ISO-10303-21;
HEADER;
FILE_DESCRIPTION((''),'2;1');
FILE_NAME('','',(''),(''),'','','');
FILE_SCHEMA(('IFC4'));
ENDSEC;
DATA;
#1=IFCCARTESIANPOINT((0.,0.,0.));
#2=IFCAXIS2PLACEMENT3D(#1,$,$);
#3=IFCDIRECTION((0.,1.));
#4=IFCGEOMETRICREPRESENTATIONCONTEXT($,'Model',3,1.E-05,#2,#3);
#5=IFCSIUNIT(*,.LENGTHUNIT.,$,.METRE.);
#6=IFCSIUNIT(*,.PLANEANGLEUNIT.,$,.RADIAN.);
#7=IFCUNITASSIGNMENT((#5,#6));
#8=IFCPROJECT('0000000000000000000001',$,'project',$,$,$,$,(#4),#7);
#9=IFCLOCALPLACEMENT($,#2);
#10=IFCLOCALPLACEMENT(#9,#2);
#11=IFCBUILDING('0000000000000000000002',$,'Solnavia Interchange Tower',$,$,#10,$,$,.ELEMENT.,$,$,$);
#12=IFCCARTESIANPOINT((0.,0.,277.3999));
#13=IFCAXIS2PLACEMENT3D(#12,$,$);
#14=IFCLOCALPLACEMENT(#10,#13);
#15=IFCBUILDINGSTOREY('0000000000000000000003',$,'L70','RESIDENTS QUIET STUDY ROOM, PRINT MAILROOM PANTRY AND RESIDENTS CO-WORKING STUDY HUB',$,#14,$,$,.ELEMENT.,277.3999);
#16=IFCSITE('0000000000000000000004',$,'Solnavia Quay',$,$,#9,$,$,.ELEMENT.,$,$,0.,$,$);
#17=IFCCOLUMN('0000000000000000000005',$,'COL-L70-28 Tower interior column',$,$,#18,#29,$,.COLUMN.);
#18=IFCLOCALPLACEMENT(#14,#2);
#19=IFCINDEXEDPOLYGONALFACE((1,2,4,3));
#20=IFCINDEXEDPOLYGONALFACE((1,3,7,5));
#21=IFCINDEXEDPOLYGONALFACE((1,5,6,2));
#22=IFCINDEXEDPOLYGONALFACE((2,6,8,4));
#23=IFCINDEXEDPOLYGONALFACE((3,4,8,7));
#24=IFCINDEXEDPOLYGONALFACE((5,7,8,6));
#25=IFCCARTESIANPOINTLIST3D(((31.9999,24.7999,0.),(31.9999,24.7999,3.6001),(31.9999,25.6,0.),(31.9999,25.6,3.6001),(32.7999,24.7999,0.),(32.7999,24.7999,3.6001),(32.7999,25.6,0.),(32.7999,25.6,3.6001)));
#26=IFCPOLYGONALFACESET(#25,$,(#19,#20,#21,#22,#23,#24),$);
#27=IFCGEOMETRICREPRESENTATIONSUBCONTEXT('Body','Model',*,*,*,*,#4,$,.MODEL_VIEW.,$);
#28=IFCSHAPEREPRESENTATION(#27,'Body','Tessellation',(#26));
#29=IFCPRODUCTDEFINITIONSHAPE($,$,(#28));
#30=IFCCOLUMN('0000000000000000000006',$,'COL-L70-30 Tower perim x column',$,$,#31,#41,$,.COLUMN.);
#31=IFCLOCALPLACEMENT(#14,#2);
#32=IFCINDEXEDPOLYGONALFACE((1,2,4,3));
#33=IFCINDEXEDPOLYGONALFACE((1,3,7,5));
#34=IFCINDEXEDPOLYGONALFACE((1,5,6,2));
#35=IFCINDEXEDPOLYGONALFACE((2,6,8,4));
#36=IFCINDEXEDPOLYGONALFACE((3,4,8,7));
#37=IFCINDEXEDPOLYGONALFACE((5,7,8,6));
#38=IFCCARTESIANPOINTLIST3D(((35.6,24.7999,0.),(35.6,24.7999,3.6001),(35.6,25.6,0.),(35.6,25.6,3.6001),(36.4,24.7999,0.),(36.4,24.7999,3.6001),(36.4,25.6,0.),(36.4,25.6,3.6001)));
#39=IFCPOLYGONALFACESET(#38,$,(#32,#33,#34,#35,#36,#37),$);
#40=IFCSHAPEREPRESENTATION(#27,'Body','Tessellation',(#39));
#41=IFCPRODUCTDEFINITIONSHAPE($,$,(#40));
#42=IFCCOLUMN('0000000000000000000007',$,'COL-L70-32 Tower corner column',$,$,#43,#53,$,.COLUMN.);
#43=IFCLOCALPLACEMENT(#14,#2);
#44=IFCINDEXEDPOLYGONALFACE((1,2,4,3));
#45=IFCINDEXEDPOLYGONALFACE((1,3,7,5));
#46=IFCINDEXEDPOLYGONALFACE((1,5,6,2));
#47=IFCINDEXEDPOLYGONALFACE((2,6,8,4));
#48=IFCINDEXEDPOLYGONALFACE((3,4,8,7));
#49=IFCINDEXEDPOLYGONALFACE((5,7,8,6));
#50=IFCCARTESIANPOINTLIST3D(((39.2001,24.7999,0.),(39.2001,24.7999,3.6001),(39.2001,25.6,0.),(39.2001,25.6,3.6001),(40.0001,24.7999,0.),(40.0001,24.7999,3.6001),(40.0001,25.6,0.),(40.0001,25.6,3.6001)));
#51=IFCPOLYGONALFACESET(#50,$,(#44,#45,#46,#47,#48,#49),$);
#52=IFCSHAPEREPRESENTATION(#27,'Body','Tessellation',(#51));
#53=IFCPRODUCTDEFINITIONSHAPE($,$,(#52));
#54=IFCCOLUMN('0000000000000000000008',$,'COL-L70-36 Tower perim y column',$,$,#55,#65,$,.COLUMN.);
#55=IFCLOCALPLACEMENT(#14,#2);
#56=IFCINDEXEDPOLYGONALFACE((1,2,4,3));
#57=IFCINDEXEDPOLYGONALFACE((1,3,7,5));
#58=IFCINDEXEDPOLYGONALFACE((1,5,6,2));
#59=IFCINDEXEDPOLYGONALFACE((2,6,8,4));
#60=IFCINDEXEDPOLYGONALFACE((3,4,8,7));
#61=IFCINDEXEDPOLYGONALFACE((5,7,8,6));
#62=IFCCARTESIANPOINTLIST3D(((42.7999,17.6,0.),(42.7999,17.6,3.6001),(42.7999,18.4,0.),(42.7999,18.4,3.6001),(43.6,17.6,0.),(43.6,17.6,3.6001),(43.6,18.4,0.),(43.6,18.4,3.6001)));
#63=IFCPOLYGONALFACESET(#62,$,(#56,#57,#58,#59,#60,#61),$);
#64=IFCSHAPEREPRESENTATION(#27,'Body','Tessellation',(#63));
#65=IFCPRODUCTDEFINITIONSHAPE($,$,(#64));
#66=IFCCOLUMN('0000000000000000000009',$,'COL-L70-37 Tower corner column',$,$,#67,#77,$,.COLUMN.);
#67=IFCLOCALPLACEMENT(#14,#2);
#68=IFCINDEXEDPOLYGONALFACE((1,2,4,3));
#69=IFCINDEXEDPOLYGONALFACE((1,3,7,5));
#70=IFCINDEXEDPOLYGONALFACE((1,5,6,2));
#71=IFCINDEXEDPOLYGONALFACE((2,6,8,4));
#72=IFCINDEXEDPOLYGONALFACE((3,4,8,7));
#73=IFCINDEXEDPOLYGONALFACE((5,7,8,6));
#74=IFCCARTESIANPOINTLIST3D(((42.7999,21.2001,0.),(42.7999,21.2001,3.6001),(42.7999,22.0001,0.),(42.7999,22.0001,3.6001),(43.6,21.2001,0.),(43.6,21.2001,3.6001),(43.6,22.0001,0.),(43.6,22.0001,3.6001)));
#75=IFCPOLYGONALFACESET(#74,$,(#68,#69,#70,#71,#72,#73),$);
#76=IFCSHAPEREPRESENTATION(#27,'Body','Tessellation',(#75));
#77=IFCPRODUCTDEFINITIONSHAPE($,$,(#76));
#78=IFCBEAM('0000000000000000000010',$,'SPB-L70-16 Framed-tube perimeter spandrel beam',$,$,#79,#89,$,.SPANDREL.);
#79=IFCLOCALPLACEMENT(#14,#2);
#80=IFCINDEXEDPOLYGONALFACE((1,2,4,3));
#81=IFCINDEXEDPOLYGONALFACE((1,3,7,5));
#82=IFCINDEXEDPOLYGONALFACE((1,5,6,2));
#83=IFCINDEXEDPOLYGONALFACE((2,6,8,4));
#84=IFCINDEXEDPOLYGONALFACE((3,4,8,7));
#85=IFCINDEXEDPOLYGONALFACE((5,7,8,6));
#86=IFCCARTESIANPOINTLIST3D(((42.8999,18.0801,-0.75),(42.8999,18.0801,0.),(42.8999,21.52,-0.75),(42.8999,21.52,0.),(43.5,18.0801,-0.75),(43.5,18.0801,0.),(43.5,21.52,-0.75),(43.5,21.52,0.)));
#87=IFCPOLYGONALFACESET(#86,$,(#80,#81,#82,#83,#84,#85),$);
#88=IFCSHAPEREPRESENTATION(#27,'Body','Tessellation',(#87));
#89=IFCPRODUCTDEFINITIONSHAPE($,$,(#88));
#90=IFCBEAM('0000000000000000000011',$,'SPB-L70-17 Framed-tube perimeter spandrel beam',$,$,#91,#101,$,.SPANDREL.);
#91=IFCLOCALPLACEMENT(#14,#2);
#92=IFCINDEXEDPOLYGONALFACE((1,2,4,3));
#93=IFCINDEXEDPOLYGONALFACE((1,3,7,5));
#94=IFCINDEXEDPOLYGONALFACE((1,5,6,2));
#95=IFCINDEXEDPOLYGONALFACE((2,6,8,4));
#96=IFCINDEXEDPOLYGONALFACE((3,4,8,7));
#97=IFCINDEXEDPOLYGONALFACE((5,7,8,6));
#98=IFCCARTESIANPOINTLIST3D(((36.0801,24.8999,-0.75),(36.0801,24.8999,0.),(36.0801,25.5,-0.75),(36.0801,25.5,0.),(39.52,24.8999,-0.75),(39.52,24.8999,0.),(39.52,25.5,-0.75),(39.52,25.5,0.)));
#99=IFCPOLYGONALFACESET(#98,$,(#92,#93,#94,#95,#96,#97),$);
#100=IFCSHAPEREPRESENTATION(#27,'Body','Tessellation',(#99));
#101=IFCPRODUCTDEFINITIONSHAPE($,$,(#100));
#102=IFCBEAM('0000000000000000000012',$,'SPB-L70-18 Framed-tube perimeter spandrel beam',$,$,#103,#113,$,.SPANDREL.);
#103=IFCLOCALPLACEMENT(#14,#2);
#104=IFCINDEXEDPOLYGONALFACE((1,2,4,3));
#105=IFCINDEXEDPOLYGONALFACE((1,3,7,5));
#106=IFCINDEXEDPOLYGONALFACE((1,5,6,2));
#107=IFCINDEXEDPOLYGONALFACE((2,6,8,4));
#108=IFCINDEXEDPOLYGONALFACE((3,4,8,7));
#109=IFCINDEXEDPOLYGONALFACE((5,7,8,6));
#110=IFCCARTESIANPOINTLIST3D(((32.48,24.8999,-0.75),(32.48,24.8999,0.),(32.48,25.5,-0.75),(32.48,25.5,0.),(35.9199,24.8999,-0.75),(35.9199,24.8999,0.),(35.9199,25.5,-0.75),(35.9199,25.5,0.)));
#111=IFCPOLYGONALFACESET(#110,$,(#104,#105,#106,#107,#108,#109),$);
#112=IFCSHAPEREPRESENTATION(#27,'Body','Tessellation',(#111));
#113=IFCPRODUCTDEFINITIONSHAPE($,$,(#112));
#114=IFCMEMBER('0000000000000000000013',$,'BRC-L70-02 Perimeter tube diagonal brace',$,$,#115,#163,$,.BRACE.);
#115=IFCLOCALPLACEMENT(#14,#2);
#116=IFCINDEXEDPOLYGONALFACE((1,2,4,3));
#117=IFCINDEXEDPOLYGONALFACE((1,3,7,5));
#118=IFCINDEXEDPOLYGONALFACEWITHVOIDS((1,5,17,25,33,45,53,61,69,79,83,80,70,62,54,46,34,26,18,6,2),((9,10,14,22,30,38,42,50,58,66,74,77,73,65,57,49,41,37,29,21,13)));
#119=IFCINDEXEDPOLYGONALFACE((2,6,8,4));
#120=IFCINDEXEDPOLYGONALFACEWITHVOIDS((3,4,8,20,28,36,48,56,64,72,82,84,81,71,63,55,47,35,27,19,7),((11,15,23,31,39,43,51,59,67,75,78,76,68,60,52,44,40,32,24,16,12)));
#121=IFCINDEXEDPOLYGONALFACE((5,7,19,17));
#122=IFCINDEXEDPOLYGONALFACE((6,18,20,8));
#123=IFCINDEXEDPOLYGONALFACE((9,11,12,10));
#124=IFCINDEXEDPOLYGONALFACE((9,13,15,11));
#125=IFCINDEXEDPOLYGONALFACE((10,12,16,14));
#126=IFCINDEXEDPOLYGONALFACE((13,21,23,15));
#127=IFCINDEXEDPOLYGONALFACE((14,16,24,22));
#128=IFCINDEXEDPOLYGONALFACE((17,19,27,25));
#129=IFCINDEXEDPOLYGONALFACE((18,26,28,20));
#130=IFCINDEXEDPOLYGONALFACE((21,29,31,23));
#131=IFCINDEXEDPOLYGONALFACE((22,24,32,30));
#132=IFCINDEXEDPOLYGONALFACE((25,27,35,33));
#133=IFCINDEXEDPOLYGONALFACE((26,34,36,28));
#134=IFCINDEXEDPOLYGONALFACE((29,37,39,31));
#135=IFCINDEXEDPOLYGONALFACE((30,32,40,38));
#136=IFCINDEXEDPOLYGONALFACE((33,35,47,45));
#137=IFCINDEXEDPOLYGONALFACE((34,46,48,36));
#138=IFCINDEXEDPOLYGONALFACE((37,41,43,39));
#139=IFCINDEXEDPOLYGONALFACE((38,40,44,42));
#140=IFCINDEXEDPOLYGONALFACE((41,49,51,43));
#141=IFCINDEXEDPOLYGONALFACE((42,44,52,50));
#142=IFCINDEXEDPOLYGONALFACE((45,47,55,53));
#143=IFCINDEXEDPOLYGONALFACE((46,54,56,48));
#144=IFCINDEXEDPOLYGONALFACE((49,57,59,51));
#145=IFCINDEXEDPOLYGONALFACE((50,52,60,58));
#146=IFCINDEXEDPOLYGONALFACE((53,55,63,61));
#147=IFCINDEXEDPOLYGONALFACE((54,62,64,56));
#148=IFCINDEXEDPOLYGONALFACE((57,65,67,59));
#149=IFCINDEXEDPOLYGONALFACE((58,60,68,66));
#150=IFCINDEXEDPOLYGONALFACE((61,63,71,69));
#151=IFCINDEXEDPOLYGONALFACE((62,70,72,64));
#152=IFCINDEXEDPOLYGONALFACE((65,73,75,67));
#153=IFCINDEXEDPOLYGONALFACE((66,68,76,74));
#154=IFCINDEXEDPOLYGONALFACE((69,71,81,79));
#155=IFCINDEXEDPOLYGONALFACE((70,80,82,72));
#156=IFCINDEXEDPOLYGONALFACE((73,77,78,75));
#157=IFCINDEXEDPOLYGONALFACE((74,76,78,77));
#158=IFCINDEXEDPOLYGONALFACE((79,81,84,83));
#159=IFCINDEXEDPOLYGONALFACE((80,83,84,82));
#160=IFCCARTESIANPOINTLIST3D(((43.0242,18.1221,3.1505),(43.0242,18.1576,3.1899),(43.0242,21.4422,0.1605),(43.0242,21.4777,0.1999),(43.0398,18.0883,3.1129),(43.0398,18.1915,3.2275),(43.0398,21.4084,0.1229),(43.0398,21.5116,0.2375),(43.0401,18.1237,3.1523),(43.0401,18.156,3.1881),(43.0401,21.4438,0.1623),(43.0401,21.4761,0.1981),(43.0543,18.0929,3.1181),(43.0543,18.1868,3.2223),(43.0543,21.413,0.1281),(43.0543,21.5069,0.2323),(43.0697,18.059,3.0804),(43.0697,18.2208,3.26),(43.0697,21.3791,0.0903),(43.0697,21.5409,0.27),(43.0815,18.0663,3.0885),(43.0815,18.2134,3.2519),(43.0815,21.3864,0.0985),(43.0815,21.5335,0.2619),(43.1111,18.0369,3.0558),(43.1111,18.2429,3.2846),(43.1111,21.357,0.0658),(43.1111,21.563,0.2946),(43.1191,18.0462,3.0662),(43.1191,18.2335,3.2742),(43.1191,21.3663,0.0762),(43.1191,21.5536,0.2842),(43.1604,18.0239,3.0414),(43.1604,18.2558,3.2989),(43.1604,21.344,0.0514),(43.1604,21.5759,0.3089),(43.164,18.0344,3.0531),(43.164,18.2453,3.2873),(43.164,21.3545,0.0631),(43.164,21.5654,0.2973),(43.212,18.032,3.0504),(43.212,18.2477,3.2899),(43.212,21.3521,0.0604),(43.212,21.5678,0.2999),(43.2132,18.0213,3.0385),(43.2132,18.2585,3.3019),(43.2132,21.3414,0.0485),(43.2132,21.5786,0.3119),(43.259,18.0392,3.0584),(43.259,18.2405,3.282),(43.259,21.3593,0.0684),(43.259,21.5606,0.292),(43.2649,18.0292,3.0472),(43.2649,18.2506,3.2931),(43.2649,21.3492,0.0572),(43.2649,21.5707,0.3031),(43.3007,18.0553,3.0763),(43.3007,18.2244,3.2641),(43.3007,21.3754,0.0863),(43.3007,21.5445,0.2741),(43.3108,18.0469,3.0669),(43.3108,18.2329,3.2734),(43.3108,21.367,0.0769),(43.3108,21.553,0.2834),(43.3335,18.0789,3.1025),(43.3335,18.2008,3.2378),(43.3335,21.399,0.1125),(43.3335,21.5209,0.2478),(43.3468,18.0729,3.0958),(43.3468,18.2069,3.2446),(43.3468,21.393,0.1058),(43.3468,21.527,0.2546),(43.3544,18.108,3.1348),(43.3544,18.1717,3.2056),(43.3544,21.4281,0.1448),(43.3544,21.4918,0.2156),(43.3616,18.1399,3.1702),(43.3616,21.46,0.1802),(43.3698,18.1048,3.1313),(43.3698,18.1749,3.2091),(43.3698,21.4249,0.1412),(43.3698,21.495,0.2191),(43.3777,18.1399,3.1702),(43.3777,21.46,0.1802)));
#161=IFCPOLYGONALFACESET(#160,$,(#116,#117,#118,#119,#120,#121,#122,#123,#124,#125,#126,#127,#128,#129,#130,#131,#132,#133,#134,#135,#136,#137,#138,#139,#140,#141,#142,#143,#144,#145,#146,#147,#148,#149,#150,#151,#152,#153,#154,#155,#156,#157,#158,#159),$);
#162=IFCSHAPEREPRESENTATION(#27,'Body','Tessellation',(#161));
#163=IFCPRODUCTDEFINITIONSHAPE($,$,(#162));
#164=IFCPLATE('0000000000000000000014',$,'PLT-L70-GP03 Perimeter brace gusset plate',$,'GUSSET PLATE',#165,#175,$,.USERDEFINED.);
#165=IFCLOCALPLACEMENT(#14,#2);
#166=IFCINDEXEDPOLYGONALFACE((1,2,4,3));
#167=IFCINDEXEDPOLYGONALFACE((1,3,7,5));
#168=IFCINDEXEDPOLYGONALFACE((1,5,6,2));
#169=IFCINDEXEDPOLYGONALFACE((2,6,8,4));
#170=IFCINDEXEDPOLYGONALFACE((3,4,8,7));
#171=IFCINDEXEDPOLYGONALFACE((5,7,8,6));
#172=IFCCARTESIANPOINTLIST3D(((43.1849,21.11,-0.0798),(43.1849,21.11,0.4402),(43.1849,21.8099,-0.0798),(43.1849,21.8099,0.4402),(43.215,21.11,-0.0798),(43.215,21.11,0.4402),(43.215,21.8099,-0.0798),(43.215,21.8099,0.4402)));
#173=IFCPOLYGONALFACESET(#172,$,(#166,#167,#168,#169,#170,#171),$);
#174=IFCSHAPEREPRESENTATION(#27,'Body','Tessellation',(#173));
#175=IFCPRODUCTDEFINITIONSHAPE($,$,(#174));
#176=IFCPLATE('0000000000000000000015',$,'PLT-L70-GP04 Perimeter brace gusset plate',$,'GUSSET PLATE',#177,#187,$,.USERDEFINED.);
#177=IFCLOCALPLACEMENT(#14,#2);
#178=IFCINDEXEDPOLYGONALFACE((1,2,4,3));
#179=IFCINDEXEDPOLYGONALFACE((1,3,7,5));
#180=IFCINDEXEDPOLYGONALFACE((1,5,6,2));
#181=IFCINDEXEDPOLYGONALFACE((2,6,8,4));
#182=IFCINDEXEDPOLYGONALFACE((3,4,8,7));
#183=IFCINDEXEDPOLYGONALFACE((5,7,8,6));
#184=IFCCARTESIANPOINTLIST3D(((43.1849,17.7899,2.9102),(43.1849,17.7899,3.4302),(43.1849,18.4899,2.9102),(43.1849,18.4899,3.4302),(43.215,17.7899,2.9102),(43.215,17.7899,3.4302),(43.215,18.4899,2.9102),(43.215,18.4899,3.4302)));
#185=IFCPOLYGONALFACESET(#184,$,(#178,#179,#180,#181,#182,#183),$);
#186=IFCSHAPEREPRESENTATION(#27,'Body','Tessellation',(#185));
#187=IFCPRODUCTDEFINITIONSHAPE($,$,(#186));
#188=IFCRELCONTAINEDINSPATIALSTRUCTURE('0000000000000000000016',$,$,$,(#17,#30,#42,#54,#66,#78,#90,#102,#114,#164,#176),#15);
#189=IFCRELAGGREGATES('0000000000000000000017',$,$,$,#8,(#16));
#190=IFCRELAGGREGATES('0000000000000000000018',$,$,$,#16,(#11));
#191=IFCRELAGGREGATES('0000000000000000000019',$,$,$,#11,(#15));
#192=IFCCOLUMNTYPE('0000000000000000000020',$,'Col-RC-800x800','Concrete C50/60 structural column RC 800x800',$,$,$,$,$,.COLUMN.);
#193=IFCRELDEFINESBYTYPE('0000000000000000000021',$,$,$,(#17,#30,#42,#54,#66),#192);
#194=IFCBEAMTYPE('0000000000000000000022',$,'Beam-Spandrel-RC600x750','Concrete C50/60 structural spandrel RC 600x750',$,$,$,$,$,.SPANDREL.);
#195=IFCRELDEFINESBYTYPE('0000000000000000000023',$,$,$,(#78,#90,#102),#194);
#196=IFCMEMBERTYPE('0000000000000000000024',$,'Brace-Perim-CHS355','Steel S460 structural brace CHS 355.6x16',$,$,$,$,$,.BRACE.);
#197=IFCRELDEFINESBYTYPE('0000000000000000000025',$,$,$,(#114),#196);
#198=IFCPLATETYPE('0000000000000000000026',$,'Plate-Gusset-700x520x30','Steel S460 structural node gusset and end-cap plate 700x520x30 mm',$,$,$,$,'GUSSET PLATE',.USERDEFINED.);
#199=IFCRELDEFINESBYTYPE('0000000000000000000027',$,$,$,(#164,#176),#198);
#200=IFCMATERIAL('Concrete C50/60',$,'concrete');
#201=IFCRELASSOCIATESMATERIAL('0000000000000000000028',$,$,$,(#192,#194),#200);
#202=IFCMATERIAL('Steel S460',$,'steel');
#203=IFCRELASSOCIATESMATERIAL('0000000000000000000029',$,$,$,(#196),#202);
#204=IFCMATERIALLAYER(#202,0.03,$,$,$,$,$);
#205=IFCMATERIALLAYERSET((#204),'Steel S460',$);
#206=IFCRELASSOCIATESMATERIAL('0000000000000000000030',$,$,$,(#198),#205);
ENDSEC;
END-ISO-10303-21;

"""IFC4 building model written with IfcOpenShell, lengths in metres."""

from ifc_helpers import new_model, si_unit, direction, frame, origin, origin_2d, place, context, subcontext, project, spatial, rectangle, hollow_circle, extrude, material, layer, layer_set, material_profile, profile_set, type_object, element, save


model = new_model("IFC4")

# Units and contexts
model_context = context("Model", 3, precision=1e-05, world=origin(), true_north=direction((0.0, 1.0)))
body_context = subcontext(model_context, "Body", "Model", "MODEL_VIEW")
ifc_project = project(units=[si_unit("LENGTHUNIT", "METRE"), si_unit("PLANEANGLEUNIT", "RADIAN")], contexts=[model_context])

# Site, building, storey
site_placement = place(None, origin())
site = spatial("IfcSite", under=ifc_project, at=site_placement, Name="Solnavia Quay", CompositionType="ELEMENT", RefElevation=0.0)
building_placement = place(site_placement, origin())
building = spatial("IfcBuilding", under=site, at=building_placement, Name="Solnavia Interchange Tower", CompositionType="ELEMENT")
storey_placement = place(building_placement, frame((0.0, 0.0, 277.3999)))
storey = spatial("IfcBuildingStorey", under=building, at=storey_placement, Name="L70", Description="RESIDENTS QUIET STUDY ROOM, PRINT MAILROOM PANTRY AND RESIDENTS CO-WORKING STUDY HUB", CompositionType="ELEMENT", Elevation=277.3999)

# Columns
ifc_material_1 = material(Name="Concrete C50/60", Category="concrete")
ifc_material_profile_1 = material_profile(ifc_material_1, rectangle(XDim=0.8, YDim=0.8, at=origin_2d()), Name="RC 800x800")
ifc_profile_set_1 = profile_set([ifc_material_profile_1], Name="Concrete C50/60")
column_type = type_object("IfcColumnType", Name="Col-RC-800x800", Description="Concrete C50/60 structural column RC 800x800", PredefinedType="COLUMN", material=ifc_profile_set_1)
for number, where, z_axis, x_axis, name in (
    (1, (32.3999, 25.2, 0.0), (0.0, 0.0, 1.0), (1.0, 0.0, 0.0), "COL-L70-28 Tower interior column"),
    (2, (36.0, 25.2, 0.0), (0.0, 0.0, 1.0), (1.0, 0.0, 0.0), "COL-L70-30 Tower perim x column"),
    (3, (39.6001, 25.2, 0.0), (0.0, 0.0, 1.0), (1.0, 0.0, 0.0), "COL-L70-32 Tower corner column"),
    (4, (43.2, 18.0, 0.0), (0.0, 0.0, 1.0), (0.0, 1.0, 0.0), "COL-L70-36 Tower perim y column"),
    (5, (43.2, 21.6001, 0.0), (0.0, 0.0, 1.0), (0.0, 1.0, 0.0), "COL-L70-37 Tower corner column"),
):
    element("IfcColumn", number, at=place(storey_placement, frame(where, z_axis=z_axis, x_axis=x_axis)), inside=storey, type_object=column_type, Name=name, PredefinedType="COLUMN", context=body_context, shape_type="SweptSolid", body=[
        extrude(rectangle(XDim=0.8, YDim=0.8, at=origin_2d()), origin(), (0.0, 0.0, 1.0), 3.6001),
    ])

# Beams
ifc_material_profile_2 = material_profile(ifc_material_1, rectangle(XDim=0.6001, YDim=0.75, at=origin_2d()), Name="RC 600x750")
ifc_profile_set_2 = profile_set([ifc_material_profile_2], Name="Concrete C50/60")
beam_type = type_object("IfcBeamType", Name="Beam-Spandrel-RC600x750", Description="Concrete C50/60 structural spandrel RC 600x750", PredefinedType="SPANDREL", material=ifc_profile_set_2)
for number, where, z_axis, x_axis, name in (
    (6, (43.2, 18.0801, -0.375), (0.0, 1.0, 0.0), (-1.0, 0.0, 0.0), "SPB-L70-16 Framed-tube perimeter spandrel beam"),
    (7, (39.52, 25.2, -0.375), (-1.0, 0.0, 0.0), (0.0, -1.0, 0.0), "SPB-L70-17 Framed-tube perimeter spandrel beam"),
    (8, (35.9199, 25.2, -0.375), (-1.0, 0.0, 0.0), (0.0, -1.0, 0.0), "SPB-L70-18 Framed-tube perimeter spandrel beam"),
):
    element("IfcBeam", number, at=place(storey_placement, frame(where, z_axis=z_axis, x_axis=x_axis)), inside=storey, type_object=beam_type, Name=name, PredefinedType="SPANDREL", context=body_context, shape_type="SweptSolid", body=[
        extrude(rectangle(XDim=0.6001, YDim=0.75, at=origin_2d()), origin(), (0.0, 0.0, 1.0), 3.4399),
    ])

# Member
ifc_material_2 = material(Name="Steel S460", Category="steel")
ifc_material_profile_3 = material_profile(ifc_material_2, hollow_circle(Radius=0.1777, WallThickness=0.0161, at=origin_2d()), Name="CHS 355.6x16")
ifc_profile_set_3 = profile_set([ifc_material_profile_3], Name="Steel S460")
member_type = type_object("IfcMemberType", Name="Brace-Perim-CHS355", Description="Steel S460 structural brace CHS 355.6x16", PredefinedType="BRACE", material=ifc_profile_set_3)
member_placement = place(storey_placement, frame((43.2, 21.46, 0.1802), z_axis=(0.0, -0.743079, 0.669203), x_axis=(1.0, 0.0, 0.0)))
element("IfcMember", 9, at=member_placement, inside=storey, type_object=member_type, Name="BRC-L70-02 Perimeter tube diagonal brace", PredefinedType="BRACE", context=body_context, shape_type="SweptSolid", body=[
    extrude(hollow_circle(Radius=0.1777, WallThickness=0.0161, at=origin_2d()), origin(), (0.0, 0.0, 1.0), 4.468),
])

# Plates
ifc_layer_1 = layer(ifc_material_2, 0.03)
ifc_layer_set_1 = layer_set([ifc_layer_1], Name="Steel S460")
plate_type = type_object("IfcPlateType", Name="Plate-Gusset-700x520x30", Description="Steel S460 structural node gusset and end-cap plate 700x520x30 mm", ElementType="GUSSET PLATE", PredefinedType="USERDEFINED", material=ifc_layer_set_1)
for number, where, z_axis, x_axis, name in (
    (10, (43.2, 21.46, -0.0798), (0.0, 0.0, 1.0), (0.0, -1.0, 0.0), "PLT-L70-GP03 Perimeter brace gusset plate"),
    (11, (43.2, 18.1399, 2.9102), (0.0, 0.0, 1.0), (0.0, -1.0, 0.0), "PLT-L70-GP04 Perimeter brace gusset plate"),
):
    element("IfcPlate", number, at=place(storey_placement, frame(where, z_axis=z_axis, x_axis=x_axis)), inside=storey, type_object=plate_type, Name=name, ObjectType="GUSSET PLATE", PredefinedType="USERDEFINED", context=body_context, shape_type="SweptSolid", body=[
        extrude(rectangle(XDim=0.7, YDim=0.03, at=origin_2d()), origin(), (0.0, 0.0, 1.0), 0.52),
    ])

save(model, "model.ifc")
